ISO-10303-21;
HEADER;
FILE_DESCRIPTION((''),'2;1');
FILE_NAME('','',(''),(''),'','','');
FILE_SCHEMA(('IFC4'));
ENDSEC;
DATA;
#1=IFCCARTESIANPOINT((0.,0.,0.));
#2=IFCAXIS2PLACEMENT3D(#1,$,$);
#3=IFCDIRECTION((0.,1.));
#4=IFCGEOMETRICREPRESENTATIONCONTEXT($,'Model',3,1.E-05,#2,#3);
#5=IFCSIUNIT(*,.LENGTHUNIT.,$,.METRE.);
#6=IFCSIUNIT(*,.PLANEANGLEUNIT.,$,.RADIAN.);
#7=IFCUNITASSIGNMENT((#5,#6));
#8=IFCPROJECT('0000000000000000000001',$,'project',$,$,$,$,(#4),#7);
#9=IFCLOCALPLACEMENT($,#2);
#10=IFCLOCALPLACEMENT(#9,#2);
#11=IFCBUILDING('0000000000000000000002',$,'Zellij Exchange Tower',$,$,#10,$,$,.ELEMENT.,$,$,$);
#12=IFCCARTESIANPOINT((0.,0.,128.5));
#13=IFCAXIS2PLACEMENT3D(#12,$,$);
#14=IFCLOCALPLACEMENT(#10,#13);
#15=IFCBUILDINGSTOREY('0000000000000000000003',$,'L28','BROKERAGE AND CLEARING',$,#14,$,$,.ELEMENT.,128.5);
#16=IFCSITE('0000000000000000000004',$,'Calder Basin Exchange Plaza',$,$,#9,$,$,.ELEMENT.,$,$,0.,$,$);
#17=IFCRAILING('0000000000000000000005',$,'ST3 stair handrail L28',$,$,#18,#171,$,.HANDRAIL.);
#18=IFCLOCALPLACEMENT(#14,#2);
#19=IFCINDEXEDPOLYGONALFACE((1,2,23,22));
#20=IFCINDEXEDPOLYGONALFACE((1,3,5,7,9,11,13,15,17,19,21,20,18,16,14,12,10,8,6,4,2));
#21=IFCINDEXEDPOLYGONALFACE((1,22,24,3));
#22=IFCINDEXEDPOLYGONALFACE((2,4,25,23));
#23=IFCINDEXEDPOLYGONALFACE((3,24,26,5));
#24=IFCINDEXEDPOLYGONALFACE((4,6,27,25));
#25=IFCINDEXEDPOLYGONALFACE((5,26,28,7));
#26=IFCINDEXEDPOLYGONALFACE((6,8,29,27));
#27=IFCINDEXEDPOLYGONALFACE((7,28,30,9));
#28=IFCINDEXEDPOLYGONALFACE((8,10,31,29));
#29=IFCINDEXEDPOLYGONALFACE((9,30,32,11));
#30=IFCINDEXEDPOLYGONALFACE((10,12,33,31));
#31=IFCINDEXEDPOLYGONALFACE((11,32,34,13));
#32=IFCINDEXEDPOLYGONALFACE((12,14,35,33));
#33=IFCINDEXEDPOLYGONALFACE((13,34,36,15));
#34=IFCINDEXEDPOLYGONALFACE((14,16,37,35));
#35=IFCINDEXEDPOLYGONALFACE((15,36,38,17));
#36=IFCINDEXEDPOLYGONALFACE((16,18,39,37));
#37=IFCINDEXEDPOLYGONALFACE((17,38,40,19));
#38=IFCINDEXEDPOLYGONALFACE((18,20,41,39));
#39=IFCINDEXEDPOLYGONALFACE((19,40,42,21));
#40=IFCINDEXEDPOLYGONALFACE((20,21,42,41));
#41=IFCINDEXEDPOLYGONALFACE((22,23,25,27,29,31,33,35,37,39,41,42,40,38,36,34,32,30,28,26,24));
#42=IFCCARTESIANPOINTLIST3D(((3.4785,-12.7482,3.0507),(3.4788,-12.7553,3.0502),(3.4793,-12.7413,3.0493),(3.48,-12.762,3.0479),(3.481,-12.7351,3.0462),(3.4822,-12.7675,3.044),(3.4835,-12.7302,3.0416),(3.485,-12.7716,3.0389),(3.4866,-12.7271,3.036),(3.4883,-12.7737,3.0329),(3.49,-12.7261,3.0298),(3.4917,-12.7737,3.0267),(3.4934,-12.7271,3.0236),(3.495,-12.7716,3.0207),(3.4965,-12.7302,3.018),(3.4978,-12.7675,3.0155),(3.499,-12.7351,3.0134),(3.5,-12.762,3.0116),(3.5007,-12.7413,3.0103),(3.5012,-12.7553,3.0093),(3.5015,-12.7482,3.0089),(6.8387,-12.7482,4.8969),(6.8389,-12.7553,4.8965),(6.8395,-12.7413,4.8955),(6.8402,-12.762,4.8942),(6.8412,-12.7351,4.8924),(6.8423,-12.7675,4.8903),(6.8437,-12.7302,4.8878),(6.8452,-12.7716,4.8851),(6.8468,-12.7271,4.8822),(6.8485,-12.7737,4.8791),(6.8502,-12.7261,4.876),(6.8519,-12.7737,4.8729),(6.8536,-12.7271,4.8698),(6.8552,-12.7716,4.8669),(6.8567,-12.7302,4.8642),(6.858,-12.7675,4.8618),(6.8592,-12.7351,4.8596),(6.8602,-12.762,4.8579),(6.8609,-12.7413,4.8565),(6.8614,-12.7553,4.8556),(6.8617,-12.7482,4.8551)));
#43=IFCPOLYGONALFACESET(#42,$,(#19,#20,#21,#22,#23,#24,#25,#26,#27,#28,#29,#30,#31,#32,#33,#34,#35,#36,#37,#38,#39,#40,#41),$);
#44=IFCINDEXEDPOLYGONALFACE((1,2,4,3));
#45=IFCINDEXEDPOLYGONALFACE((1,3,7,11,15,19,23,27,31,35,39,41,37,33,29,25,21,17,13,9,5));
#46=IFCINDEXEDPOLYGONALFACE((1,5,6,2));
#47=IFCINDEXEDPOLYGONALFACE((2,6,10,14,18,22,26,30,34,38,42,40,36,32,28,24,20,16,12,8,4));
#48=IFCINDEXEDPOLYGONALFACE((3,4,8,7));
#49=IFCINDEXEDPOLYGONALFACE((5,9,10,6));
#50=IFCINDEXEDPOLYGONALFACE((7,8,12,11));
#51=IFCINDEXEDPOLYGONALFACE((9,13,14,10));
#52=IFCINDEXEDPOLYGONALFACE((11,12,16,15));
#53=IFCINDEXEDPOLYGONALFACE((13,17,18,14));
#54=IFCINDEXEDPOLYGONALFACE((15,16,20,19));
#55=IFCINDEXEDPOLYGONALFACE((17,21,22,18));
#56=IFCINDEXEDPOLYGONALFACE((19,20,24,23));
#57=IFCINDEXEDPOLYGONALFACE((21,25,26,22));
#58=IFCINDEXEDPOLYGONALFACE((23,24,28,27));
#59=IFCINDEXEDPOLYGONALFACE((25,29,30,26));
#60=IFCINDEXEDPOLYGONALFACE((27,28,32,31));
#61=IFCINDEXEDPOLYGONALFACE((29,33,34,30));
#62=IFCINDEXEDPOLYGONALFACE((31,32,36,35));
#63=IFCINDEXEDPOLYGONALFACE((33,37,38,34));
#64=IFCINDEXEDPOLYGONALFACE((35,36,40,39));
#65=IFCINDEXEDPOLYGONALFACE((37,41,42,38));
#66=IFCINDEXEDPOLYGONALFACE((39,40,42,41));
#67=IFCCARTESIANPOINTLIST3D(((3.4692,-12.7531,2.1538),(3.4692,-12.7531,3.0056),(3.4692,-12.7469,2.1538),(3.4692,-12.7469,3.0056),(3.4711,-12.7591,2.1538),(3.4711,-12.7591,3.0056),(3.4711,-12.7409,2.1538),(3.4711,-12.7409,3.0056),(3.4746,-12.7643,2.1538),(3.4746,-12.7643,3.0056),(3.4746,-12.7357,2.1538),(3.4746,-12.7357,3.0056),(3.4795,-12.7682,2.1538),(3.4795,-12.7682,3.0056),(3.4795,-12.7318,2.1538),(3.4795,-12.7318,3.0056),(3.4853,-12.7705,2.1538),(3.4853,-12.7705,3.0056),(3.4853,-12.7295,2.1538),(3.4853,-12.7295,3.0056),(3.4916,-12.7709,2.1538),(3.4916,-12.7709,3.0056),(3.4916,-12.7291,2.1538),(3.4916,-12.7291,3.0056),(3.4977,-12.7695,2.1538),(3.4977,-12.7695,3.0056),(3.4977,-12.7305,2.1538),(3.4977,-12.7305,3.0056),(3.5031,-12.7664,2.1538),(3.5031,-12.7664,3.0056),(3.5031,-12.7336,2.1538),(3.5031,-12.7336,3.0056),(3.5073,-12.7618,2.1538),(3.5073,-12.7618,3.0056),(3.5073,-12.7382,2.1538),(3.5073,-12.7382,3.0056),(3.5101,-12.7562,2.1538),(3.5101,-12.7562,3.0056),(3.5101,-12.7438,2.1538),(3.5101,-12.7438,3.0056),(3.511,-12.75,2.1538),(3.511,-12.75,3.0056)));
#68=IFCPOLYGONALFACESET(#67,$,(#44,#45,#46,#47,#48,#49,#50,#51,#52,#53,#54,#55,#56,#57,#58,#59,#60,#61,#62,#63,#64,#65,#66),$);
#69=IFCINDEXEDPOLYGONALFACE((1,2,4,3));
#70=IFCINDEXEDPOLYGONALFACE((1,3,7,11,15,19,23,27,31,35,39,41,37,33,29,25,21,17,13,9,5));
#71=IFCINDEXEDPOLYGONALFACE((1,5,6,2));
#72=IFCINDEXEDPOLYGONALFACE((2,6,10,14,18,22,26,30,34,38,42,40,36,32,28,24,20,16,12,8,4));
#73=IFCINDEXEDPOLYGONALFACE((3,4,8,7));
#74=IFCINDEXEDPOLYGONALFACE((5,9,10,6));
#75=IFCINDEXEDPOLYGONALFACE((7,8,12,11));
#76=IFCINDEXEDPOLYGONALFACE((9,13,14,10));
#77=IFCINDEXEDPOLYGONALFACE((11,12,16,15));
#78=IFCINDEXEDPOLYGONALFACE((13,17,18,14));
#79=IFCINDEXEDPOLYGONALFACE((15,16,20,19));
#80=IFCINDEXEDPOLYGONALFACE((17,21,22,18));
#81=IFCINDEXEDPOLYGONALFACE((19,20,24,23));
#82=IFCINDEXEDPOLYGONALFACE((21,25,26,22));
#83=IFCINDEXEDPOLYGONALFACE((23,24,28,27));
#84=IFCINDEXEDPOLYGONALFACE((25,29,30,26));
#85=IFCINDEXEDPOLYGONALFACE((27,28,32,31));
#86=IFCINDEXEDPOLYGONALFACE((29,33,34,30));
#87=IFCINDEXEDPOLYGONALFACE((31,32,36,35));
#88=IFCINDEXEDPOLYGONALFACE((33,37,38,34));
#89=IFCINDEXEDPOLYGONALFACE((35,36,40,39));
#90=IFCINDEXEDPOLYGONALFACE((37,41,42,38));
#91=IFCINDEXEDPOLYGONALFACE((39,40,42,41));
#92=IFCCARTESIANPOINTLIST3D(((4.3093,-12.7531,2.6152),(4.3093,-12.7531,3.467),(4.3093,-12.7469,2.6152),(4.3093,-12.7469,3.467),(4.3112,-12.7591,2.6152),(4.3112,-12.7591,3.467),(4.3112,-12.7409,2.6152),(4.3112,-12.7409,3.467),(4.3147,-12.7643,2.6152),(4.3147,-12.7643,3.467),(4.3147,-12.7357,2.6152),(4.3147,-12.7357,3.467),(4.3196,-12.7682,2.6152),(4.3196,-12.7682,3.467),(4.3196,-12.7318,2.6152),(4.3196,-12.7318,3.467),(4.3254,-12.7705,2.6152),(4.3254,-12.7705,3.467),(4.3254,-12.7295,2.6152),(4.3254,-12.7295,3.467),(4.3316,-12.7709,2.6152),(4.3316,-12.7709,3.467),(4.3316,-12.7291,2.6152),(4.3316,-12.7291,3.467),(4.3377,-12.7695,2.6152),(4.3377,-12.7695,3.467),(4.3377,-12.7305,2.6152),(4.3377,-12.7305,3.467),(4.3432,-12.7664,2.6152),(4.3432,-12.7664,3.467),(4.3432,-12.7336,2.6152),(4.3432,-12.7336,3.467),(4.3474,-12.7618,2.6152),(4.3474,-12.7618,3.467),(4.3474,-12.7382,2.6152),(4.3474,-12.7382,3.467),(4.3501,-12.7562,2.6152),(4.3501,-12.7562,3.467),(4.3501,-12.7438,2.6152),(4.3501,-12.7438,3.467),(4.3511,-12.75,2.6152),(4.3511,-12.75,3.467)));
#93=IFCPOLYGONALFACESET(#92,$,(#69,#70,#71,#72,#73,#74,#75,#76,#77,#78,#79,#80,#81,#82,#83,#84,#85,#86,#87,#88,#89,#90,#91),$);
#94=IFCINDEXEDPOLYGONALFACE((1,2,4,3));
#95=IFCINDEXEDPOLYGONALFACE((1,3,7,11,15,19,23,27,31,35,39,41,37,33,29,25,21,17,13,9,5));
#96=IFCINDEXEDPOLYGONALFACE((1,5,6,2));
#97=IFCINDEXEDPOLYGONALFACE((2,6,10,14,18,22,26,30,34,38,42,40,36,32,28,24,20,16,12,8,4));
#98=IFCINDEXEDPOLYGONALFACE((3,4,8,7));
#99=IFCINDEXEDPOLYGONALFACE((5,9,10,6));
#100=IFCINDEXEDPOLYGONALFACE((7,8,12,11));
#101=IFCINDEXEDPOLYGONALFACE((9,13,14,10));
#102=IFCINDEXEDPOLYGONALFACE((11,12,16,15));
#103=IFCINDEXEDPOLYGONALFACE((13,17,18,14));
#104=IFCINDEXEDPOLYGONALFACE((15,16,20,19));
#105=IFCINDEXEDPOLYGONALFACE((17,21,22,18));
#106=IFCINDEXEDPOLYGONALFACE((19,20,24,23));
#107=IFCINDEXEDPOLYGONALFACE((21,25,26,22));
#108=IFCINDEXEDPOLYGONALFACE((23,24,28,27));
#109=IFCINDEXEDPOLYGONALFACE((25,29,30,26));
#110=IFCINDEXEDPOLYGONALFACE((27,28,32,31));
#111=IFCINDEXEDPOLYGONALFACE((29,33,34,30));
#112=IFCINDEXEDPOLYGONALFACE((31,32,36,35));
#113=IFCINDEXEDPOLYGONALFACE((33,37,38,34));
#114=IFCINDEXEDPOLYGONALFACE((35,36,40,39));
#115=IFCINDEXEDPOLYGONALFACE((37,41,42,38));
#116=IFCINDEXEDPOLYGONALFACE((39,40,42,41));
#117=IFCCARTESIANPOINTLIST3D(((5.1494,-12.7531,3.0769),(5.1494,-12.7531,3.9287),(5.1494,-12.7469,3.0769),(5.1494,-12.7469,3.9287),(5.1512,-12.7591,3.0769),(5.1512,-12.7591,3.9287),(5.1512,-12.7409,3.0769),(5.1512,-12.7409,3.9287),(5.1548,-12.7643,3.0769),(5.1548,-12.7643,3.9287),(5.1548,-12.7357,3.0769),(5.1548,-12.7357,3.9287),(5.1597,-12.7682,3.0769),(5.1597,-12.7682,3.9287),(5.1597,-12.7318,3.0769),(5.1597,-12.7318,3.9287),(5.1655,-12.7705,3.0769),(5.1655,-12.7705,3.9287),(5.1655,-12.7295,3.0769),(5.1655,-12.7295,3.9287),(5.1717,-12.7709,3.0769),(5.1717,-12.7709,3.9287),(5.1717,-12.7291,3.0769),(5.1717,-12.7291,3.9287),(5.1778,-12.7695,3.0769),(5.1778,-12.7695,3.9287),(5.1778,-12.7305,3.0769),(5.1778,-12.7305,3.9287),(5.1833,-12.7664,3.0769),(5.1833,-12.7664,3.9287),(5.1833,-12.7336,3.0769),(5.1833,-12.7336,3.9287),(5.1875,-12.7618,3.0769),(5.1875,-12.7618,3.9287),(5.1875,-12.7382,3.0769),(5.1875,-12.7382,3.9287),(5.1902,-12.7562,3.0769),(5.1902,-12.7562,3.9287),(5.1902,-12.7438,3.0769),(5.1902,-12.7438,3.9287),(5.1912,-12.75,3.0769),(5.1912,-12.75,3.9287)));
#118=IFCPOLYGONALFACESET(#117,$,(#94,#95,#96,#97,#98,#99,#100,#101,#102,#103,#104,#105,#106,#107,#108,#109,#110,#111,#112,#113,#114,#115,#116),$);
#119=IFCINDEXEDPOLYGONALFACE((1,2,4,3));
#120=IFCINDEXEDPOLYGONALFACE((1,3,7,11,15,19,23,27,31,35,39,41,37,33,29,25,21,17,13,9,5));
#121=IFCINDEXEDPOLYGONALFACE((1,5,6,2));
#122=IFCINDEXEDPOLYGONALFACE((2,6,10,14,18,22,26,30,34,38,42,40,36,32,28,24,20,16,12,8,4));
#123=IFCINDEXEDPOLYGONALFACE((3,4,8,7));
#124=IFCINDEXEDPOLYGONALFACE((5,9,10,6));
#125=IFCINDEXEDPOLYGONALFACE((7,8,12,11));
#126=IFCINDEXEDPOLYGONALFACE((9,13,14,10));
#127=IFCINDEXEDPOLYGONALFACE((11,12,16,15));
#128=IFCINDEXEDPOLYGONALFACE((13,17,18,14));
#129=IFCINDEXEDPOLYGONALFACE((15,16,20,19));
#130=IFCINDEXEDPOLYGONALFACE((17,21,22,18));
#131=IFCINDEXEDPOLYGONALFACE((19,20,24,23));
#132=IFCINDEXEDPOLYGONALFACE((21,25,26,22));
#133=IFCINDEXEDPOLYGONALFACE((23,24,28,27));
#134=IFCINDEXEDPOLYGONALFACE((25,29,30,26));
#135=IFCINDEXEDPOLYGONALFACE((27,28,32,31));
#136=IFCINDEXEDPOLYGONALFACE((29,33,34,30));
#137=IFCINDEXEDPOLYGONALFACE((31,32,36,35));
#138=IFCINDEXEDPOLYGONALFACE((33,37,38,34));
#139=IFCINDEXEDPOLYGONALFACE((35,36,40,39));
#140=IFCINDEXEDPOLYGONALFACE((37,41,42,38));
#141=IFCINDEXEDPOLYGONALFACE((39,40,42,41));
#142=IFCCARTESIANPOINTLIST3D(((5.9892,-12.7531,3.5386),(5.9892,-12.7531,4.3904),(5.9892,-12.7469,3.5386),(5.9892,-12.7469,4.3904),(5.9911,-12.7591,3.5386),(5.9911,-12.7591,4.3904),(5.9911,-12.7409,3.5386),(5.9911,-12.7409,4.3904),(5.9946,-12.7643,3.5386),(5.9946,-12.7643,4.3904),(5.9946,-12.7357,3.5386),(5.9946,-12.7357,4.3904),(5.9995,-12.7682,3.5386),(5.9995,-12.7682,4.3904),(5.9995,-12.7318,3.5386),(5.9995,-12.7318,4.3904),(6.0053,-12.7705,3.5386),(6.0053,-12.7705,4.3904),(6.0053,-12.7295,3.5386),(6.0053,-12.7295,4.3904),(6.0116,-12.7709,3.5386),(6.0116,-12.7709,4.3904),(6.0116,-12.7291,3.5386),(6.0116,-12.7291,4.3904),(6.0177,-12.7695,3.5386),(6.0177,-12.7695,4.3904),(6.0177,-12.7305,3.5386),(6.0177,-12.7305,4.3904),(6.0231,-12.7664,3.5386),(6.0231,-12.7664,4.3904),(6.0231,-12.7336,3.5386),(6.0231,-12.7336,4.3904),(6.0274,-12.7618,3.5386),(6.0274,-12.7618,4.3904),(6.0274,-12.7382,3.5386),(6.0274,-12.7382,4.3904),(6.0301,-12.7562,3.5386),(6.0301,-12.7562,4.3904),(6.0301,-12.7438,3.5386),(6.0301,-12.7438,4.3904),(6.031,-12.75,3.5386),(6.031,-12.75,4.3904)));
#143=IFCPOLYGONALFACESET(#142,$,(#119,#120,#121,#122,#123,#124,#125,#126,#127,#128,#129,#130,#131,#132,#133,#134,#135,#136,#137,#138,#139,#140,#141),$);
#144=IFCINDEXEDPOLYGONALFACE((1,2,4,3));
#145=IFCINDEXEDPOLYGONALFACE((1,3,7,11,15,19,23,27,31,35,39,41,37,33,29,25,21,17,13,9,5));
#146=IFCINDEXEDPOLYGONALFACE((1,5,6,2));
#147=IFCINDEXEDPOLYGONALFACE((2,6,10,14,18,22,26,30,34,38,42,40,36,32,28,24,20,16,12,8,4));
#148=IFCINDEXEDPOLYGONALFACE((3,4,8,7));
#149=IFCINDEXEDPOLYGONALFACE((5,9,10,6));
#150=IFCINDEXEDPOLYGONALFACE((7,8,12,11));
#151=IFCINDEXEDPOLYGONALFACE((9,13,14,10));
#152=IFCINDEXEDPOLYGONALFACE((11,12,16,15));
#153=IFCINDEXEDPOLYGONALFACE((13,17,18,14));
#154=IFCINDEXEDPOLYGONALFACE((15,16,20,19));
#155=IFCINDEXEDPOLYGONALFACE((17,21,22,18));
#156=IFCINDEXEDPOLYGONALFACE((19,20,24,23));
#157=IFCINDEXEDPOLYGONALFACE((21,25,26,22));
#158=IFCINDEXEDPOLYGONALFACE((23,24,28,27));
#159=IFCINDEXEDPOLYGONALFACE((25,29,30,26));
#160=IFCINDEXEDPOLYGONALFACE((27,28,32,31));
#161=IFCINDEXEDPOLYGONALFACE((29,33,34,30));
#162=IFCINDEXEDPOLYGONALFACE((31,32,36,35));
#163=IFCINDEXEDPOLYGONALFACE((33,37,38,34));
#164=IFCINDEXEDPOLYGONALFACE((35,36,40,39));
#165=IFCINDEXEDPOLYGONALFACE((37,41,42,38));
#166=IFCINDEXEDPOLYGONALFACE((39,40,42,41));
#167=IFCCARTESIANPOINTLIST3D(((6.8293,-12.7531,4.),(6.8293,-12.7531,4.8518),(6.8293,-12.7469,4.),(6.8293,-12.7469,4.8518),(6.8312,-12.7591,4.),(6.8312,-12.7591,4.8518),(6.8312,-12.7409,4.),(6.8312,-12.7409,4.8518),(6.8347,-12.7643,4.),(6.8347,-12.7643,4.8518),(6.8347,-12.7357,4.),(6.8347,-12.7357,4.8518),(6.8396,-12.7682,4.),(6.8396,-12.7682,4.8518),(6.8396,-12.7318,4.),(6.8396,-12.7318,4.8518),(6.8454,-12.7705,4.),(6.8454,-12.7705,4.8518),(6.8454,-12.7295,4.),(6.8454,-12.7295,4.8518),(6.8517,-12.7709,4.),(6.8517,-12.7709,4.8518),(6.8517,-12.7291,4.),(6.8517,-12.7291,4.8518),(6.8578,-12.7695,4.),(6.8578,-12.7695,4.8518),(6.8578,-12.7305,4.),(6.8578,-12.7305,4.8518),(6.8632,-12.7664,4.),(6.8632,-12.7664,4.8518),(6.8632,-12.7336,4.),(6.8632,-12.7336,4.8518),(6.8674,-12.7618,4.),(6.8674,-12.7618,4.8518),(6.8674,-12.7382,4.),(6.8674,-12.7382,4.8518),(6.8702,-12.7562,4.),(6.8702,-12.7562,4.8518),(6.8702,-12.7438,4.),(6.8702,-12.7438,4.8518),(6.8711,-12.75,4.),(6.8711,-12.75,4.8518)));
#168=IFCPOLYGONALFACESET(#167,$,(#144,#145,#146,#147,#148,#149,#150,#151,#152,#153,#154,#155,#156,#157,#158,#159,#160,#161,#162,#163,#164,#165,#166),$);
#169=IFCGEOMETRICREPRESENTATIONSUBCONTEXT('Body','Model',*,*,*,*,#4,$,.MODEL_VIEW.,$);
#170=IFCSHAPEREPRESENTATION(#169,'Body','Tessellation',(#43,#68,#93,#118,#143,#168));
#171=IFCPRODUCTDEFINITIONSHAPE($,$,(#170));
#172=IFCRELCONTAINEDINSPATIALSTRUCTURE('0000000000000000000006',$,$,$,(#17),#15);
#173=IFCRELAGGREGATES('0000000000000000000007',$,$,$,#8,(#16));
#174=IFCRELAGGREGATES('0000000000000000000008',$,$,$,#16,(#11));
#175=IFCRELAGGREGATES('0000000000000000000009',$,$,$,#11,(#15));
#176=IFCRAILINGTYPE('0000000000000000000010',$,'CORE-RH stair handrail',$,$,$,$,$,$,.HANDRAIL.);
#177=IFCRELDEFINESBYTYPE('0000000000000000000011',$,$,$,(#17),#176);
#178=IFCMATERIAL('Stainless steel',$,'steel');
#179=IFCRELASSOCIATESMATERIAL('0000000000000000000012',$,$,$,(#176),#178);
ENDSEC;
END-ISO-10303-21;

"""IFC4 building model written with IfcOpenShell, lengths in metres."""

from ifc_helpers import new_model, si_unit, direction, frame, origin, origin_2d, place, context, subcontext, project, spatial, circle, extrude, material, type_object, element, save


model = new_model("IFC4")

# Units and contexts
model_context = context("Model", 3, precision=1e-05, world=origin(), true_north=direction((0.0, 1.0)))
body_context = subcontext(model_context, "Body", "Model", "MODEL_VIEW")
ifc_project = project(units=[si_unit("LENGTHUNIT", "METRE"), si_unit("PLANEANGLEUNIT", "RADIAN")], contexts=[model_context])

# Site, building, storey
site_placement = place(None, origin())
site = spatial("IfcSite", under=ifc_project, at=site_placement, Name="Calder Basin Exchange Plaza", CompositionType="ELEMENT", RefElevation=0.0)
building_placement = place(site_placement, origin())
building = spatial("IfcBuilding", under=site, at=building_placement, Name="Zellij Exchange Tower", CompositionType="ELEMENT")
storey_placement = place(building_placement, frame((0.0, 0.0, 128.5)))
storey = spatial("IfcBuildingStorey", under=building, at=storey_placement, Name="L28", Description="BROKERAGE AND CLEARING", CompositionType="ELEMENT", Elevation=128.5)

# Railing
ifc_material_1 = material(Name="Stainless steel", Category="steel")
railing_type_1 = type_object("IfcRailingType", Name="CORE-RH stair handrail", PredefinedType="HANDRAIL", material=ifc_material_1)
railing_1_placement = place(storey_placement, frame((3.49, -12.75, 2.1538)))
element("IfcRailing", 1, at=railing_1_placement, inside=storey, type_object=railing_type_1, Name="ST3 stair handrail L28", PredefinedType="HANDRAIL", context=body_context, shape_type="SweptSolid", body=[
    extrude(circle(Radius=0.0239, at=origin_2d()), frame((0.0, 0.0, 0.876), z_axis=(0.876422, 0.0, 0.481545), x_axis=(0.0, 1.0, 0.0)), (0.0, 0.0, 1.0), 3.834),
    extrude(circle(Radius=0.021, at=origin_2d()), origin(), (0.0, 0.0, 1.0), 0.8518),
    extrude(circle(Radius=0.021, at=origin_2d()), frame((0.8401, 0.0, 0.4614)), (0.0, 0.0, 1.0), 0.8518),
    extrude(circle(Radius=0.021, at=origin_2d()), frame((1.6802, 0.0, 0.9231)), (0.0, 0.0, 1.0), 0.8518),
    extrude(circle(Radius=0.021, at=origin_2d()), frame((2.52, 0.0, 1.3848)), (0.0, 0.0, 1.0), 0.8518),
    extrude(circle(Radius=0.021, at=origin_2d()), frame((3.3601, 0.0, 1.8462)), (0.0, 0.0, 1.0), 0.8518),
])

save(model, "model.ifc")
